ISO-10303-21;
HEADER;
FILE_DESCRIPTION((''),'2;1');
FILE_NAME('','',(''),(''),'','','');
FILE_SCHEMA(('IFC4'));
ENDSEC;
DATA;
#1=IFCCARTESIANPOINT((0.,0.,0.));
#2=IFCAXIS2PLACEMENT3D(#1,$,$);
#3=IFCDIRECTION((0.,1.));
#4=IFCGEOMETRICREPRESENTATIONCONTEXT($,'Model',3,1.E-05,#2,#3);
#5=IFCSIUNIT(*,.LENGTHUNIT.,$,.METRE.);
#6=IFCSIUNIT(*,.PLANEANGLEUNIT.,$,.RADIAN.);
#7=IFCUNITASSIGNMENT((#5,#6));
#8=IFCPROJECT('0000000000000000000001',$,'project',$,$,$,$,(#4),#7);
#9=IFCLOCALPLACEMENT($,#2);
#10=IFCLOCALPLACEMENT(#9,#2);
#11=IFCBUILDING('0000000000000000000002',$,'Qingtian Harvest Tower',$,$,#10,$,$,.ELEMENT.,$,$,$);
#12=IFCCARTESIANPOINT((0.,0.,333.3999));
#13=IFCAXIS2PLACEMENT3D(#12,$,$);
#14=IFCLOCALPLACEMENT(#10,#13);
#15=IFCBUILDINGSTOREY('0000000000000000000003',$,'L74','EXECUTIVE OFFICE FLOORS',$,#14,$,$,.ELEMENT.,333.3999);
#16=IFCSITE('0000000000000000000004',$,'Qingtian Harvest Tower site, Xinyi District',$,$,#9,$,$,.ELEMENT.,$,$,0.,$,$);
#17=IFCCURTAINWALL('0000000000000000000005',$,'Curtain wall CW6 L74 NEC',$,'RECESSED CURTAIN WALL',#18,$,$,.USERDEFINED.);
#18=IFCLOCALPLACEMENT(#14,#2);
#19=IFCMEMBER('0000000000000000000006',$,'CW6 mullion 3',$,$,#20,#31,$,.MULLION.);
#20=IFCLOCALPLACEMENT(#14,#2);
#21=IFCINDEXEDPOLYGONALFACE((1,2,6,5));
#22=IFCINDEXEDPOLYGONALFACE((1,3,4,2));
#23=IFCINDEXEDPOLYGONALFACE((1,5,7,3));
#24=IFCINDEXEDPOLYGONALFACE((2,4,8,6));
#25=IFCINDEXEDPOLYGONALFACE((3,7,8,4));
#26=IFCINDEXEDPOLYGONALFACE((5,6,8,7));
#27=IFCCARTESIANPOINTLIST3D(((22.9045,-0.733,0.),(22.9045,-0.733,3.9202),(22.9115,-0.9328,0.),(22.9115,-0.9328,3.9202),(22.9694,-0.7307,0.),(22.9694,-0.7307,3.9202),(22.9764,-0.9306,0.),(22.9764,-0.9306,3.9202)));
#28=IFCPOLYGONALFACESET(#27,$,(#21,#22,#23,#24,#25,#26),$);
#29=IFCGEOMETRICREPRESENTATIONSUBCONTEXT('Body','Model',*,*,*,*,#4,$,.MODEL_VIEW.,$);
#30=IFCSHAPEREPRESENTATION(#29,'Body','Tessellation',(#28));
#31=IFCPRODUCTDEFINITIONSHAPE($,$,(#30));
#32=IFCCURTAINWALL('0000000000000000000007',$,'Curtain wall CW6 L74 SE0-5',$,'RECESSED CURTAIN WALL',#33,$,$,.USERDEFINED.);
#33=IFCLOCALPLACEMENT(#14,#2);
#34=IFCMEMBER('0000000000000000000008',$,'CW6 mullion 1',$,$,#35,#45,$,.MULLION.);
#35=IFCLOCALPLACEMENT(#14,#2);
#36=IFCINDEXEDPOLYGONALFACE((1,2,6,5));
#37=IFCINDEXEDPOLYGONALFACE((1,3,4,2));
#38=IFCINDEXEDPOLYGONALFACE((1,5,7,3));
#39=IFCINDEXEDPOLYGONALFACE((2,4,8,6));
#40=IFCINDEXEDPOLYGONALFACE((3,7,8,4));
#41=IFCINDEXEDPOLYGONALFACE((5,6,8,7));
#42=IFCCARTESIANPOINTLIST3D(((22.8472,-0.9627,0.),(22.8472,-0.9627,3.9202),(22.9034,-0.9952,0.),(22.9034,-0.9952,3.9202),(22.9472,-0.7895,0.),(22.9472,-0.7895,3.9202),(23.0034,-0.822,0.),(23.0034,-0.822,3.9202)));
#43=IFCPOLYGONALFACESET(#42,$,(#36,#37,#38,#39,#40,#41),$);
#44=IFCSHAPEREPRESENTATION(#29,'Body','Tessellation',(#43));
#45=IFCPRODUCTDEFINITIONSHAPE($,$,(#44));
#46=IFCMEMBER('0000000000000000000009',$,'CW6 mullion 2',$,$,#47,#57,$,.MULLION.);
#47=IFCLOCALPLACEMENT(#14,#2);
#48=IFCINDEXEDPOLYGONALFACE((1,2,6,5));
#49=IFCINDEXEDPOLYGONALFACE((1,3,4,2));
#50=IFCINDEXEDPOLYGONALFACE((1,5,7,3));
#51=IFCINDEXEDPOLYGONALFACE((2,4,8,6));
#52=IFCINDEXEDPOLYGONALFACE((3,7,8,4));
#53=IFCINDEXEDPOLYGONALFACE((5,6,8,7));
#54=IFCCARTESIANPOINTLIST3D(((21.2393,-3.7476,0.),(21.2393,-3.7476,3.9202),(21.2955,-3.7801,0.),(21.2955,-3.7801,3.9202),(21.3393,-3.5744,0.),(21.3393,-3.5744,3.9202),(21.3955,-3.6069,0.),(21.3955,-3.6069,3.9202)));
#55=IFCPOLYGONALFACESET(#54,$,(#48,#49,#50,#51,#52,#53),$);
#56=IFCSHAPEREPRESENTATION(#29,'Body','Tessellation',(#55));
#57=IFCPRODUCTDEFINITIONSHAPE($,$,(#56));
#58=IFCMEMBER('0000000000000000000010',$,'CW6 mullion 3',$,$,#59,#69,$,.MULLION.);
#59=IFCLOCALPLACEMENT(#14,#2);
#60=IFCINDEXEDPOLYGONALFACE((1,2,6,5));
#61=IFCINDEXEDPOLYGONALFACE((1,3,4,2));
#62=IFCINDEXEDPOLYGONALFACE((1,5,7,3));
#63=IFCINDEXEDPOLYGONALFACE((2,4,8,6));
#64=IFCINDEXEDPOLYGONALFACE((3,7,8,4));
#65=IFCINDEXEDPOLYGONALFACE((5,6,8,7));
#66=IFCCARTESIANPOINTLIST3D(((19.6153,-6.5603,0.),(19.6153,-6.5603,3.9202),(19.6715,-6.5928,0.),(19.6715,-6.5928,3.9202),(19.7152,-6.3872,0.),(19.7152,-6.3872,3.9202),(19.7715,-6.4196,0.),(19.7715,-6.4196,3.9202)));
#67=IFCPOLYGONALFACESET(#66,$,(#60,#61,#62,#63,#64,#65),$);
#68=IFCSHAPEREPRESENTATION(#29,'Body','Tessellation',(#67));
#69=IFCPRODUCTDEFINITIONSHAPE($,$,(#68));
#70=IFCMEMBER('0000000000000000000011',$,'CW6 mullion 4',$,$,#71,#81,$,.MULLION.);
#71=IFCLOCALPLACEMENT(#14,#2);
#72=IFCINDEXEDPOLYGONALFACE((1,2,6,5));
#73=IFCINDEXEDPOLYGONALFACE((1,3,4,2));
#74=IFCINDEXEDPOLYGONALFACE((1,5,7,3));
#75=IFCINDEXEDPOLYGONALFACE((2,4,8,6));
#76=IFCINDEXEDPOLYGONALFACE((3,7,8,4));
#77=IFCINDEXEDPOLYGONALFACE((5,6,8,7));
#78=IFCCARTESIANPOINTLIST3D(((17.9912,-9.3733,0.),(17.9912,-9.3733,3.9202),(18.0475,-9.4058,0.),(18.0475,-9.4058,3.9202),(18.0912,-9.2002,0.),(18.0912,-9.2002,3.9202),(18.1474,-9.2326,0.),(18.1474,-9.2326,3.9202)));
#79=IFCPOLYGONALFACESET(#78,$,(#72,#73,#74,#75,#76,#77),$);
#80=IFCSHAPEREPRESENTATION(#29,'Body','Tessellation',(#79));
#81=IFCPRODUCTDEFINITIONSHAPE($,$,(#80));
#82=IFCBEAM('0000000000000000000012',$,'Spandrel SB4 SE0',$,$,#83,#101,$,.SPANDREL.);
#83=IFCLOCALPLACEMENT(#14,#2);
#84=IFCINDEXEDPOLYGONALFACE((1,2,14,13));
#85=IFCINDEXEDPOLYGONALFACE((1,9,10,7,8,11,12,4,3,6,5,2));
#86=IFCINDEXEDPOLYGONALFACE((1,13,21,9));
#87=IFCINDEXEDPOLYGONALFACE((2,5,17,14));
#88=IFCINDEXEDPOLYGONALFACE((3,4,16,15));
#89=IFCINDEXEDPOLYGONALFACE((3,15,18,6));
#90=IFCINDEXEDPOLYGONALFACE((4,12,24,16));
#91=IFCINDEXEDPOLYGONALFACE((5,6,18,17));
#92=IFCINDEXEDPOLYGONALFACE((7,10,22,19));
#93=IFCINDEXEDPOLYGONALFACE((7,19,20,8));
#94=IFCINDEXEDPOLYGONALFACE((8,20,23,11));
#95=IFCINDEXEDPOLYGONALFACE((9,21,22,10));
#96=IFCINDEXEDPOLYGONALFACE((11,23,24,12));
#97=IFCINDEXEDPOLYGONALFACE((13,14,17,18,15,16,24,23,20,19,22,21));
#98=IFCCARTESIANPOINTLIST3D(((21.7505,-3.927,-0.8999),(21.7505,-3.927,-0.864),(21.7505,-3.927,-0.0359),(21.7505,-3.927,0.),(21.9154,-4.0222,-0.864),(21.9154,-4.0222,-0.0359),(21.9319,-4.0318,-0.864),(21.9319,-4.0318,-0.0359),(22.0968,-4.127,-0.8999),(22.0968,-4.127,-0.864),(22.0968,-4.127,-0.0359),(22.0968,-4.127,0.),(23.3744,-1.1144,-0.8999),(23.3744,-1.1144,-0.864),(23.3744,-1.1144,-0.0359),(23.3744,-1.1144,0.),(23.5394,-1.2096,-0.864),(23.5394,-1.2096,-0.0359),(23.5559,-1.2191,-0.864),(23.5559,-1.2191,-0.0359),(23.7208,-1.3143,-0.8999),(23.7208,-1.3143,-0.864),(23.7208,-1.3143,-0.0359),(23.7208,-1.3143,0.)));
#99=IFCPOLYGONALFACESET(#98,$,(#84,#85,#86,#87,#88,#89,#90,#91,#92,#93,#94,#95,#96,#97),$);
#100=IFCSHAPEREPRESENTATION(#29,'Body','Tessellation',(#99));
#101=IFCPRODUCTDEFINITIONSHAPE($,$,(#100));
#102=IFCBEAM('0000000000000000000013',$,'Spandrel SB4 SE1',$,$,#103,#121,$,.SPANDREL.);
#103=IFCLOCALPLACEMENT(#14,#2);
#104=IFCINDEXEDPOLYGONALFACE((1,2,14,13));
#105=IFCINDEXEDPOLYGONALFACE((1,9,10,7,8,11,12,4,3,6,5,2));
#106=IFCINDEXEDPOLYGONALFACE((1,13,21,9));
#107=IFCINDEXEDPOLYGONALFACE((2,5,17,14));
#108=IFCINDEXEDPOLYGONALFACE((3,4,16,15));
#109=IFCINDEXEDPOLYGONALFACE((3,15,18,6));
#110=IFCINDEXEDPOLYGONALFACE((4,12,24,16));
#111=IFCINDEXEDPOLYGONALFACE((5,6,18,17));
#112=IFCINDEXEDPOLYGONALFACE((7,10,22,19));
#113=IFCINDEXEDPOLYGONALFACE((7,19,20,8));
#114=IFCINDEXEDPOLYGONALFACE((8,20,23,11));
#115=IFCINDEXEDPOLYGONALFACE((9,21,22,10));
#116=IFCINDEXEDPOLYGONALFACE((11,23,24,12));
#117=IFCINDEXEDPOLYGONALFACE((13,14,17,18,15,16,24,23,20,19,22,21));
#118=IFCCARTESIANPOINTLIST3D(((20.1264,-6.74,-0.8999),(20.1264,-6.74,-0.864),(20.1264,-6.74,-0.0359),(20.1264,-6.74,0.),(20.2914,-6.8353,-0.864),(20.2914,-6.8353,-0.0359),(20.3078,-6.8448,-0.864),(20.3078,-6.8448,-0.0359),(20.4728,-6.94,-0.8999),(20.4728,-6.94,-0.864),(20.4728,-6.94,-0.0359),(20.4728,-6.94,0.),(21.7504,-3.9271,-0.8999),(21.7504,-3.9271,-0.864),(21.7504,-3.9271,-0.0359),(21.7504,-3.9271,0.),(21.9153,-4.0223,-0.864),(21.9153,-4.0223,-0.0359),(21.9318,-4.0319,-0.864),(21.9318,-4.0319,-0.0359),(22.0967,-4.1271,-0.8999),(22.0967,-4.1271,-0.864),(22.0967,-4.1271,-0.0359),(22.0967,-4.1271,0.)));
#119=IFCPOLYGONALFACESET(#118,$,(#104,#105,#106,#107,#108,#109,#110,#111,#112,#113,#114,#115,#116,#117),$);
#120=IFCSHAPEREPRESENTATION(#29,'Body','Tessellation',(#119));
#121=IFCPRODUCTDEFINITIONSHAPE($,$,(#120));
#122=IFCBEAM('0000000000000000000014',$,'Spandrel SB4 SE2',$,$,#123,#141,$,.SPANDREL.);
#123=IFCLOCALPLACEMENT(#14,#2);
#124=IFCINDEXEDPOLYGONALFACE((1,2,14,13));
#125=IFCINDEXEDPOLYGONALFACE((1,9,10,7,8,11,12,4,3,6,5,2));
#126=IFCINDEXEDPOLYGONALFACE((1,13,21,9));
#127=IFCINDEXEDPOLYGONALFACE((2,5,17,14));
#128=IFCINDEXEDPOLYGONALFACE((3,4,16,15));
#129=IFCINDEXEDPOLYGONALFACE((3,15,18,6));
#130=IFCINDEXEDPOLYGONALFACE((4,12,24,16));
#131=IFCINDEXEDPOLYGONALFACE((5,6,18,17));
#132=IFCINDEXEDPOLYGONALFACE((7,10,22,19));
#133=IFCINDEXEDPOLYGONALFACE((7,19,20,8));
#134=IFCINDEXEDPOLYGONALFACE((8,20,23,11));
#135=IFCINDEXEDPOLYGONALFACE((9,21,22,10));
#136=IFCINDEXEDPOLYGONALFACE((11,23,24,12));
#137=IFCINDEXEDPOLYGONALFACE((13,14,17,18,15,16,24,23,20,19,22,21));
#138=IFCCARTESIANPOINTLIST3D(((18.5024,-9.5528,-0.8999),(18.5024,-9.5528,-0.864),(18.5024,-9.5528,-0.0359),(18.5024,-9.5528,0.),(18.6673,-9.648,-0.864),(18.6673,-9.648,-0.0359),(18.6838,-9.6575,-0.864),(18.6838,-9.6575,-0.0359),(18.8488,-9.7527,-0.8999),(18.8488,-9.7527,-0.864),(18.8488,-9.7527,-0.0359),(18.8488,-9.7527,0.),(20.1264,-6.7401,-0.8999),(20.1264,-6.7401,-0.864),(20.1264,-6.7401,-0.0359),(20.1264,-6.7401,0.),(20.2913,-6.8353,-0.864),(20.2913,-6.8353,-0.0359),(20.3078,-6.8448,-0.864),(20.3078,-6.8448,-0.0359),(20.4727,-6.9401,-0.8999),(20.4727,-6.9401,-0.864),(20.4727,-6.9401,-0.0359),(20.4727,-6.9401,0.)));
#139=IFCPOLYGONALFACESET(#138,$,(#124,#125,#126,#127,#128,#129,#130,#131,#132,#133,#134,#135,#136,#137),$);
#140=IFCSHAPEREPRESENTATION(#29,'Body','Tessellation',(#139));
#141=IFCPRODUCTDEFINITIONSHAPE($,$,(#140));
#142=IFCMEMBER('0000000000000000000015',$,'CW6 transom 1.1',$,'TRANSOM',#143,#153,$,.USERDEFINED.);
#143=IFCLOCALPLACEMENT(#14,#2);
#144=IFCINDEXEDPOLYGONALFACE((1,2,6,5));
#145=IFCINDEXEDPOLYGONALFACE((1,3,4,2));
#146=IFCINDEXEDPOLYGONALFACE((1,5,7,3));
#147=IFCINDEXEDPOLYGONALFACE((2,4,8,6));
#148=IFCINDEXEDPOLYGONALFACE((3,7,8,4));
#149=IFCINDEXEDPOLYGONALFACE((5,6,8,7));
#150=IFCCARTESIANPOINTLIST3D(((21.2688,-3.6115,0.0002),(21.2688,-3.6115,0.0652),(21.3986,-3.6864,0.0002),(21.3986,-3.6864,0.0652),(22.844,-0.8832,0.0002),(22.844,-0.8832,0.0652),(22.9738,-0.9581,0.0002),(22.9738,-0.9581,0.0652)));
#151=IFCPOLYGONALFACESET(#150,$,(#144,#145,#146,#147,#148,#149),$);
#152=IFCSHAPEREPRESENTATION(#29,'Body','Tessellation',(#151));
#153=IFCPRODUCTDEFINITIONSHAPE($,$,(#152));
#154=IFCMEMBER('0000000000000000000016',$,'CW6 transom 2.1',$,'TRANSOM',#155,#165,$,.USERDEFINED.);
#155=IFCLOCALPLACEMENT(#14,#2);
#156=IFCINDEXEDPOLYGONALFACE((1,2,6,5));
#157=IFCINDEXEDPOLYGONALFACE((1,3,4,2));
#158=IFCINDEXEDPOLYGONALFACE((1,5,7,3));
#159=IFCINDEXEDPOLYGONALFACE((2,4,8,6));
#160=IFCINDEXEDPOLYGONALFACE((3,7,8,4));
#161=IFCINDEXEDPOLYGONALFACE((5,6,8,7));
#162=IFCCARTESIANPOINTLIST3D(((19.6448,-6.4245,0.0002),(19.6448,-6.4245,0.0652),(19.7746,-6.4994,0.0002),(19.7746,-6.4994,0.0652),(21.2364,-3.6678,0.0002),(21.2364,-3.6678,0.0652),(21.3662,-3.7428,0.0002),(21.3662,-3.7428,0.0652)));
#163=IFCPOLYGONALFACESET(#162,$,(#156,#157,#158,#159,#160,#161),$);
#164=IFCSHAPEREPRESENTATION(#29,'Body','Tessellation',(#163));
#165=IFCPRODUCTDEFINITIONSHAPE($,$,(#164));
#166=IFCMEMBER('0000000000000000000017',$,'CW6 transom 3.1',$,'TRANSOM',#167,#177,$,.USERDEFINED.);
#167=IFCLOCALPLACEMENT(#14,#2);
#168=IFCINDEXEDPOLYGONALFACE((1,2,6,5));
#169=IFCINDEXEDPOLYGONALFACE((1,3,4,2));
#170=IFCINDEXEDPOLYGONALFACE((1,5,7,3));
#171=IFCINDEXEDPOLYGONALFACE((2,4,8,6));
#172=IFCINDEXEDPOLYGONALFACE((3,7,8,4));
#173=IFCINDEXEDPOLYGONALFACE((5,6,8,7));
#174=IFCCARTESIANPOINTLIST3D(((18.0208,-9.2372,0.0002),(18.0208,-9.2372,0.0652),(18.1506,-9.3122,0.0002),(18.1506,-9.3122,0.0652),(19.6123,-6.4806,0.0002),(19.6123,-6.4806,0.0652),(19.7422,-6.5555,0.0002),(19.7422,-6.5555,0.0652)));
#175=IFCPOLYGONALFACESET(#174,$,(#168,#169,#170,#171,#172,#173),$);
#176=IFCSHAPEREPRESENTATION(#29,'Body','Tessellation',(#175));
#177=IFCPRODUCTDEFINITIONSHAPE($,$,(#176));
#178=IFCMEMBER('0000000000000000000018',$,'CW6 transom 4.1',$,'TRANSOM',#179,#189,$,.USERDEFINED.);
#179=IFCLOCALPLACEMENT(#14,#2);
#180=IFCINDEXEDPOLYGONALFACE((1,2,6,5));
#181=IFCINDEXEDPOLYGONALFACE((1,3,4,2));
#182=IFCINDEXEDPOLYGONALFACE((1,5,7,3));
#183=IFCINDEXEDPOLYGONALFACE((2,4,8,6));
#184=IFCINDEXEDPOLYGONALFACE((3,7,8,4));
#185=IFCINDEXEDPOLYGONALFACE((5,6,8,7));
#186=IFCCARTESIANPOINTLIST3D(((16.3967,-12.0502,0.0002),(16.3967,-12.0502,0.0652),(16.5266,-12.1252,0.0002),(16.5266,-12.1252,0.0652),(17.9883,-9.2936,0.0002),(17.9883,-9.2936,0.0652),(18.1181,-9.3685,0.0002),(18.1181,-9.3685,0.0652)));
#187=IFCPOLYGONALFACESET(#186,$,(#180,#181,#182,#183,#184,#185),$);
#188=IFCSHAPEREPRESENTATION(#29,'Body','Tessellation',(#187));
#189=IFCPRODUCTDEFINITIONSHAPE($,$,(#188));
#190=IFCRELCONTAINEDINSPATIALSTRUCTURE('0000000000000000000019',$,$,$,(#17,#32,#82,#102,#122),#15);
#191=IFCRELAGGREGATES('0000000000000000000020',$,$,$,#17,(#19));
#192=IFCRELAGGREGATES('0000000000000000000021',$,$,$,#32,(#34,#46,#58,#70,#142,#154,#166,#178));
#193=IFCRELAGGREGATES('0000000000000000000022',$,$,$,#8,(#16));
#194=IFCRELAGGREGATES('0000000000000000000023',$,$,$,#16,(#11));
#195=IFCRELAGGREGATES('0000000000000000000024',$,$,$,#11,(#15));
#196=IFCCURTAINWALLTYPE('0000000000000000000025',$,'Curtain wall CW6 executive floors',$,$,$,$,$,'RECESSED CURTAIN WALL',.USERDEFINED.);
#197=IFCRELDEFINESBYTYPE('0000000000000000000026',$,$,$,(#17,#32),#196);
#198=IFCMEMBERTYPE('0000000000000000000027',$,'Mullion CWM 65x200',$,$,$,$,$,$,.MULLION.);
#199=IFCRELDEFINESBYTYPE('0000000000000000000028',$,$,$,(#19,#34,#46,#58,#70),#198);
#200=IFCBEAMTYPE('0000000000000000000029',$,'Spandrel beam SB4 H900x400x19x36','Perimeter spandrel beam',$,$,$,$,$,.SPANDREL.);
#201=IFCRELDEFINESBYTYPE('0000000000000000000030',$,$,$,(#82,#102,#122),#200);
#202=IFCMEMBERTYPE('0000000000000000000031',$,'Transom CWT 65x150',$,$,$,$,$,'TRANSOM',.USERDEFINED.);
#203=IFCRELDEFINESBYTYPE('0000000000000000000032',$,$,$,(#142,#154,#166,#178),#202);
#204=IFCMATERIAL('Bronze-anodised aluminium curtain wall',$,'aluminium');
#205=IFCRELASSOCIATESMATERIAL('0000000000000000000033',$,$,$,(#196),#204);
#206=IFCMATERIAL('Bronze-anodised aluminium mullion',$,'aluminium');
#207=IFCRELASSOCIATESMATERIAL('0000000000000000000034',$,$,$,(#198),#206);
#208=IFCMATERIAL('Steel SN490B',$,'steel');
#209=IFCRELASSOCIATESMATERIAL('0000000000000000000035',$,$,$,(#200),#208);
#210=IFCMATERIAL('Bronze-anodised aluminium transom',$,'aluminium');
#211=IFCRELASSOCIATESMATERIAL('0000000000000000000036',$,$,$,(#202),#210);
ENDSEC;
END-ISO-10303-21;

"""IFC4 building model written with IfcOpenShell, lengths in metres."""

from ifc_helpers import new_model, si_unit, direction, frame, origin, origin_2d, place, context, subcontext, project, spatial, rectangle, i_section, extrude, material, material_profile, profile_set, type_object, element, aggregate, save


model = new_model("IFC4")

# Units and contexts
model_context = context("Model", 3, precision=1e-05, world=origin(), true_north=direction((0.0, 1.0)))
body_context = subcontext(model_context, "Body", "Model", "MODEL_VIEW")
ifc_project = project(units=[si_unit("LENGTHUNIT", "METRE"), si_unit("PLANEANGLEUNIT", "RADIAN")], contexts=[model_context])

# Site, building, storey
site_placement = place(None, origin())
site = spatial("IfcSite", under=ifc_project, at=site_placement, Name="Qingtian Harvest Tower site, Xinyi District", CompositionType="ELEMENT", RefElevation=0.0)
building_placement = place(site_placement, origin())
building = spatial("IfcBuilding", under=site, at=building_placement, Name="Qingtian Harvest Tower", CompositionType="ELEMENT")
storey_placement = place(building_placement, frame((0.0, 0.0, 333.3999)))
storey = spatial("IfcBuildingStorey", under=building, at=storey_placement, Name="L74", Description="EXECUTIVE OFFICE FLOORS", CompositionType="ELEMENT", Elevation=333.3999)

# Curtain wall, member
ifc_material_1 = material(Name="Bronze-anodised aluminium curtain wall", Category="aluminium")
curtain_wall_type = type_object("IfcCurtainWallType", Name="Curtain wall CW6 executive floors", ElementType="RECESSED CURTAIN WALL", PredefinedType="USERDEFINED", material=ifc_material_1)
curtain_wall_1_placement = place(storey_placement, origin())
curtain_wall_1 = element("IfcCurtainWall", 1, at=curtain_wall_1_placement, inside=storey, type_object=curtain_wall_type, Name="Curtain wall CW6 L74 NEC", ObjectType="RECESSED CURTAIN WALL", PredefinedType="USERDEFINED")
ifc_material_2 = material(Name="Bronze-anodised aluminium mullion", Category="aluminium")
ifc_material_profile_1 = material_profile(ifc_material_2, rectangle(XDim=0.0649, YDim=0.2, at=origin_2d()), Name="AL 65x200")
ifc_profile_set_1 = profile_set([ifc_material_profile_1], Name="Bronze-anodised aluminium mullion")
member_type_1 = type_object("IfcMemberType", Name="Mullion CWM 65x200", PredefinedType="MULLION", material=ifc_profile_set_1)
member_1_placement = place(storey_placement, frame((22.9404, -0.8318, 0.0), z_axis=(0.0, 0.0, 1.0), x_axis=(0.999391, 0.034899, 0.0)))
member_1 = element("IfcMember", 2, at=member_1_placement, type_object=member_type_1, Name="CW6 mullion 3", PredefinedType="MULLION", context=body_context, shape_type="SweptSolid", body=[
    extrude(rectangle(XDim=0.0649, YDim=0.2, at=origin_2d()), origin(), (0.0, 0.0, 1.0), 3.9202),
])

# Curtain wall, members
curtain_wall_2_placement = place(storey_placement, origin())
curtain_wall_2 = element("IfcCurtainWall", 3, at=curtain_wall_2_placement, inside=storey, type_object=curtain_wall_type, Name="Curtain wall CW6 L74 SE0-5", ObjectType="RECESSED CURTAIN WALL", PredefinedType="USERDEFINED")
member_2_placement = place(storey_placement, frame((22.9253, -0.8923, 0.0), z_axis=(0.0, 0.0, 1.0), x_axis=(0.866025, -0.5, 0.0)))
member_2 = element("IfcMember", 4, at=member_2_placement, type_object=member_type_1, Name="CW6 mullion 1", PredefinedType="MULLION", context=body_context, shape_type="SweptSolid", body=[
    extrude(rectangle(XDim=0.0649, YDim=0.2, at=origin_2d()), origin(), (0.0, 0.0, 1.0), 3.9202),
])
member_3_placement = place(storey_placement, frame((21.3174, -3.6772, 0.0), z_axis=(0.0, 0.0, 1.0), x_axis=(0.866025, -0.5, 0.0)))
member_3 = element("IfcMember", 5, at=member_3_placement, type_object=member_type_1, Name="CW6 mullion 2", PredefinedType="MULLION", context=body_context, shape_type="SweptSolid", body=[
    extrude(rectangle(XDim=0.0649, YDim=0.2, at=origin_2d()), origin(), (0.0, 0.0, 1.0), 3.9202),
])
member_4_placement = place(storey_placement, frame((19.6934, -6.49, 0.0), z_axis=(0.0, 0.0, 1.0), x_axis=(0.866025, -0.5, 0.0)))
member_4 = element("IfcMember", 6, at=member_4_placement, type_object=member_type_1, Name="CW6 mullion 3", PredefinedType="MULLION", context=body_context, shape_type="SweptSolid", body=[
    extrude(rectangle(XDim=0.0649, YDim=0.2, at=origin_2d()), origin(), (0.0, 0.0, 1.0), 3.9202),
])
member_5_placement = place(storey_placement, frame((18.0693, -9.303, 0.0), z_axis=(0.0, 0.0, 1.0), x_axis=(0.866025, -0.5, 0.0)))
member_5 = element("IfcMember", 7, at=member_5_placement, type_object=member_type_1, Name="CW6 mullion 4", PredefinedType="MULLION", context=body_context, shape_type="SweptSolid", body=[
    extrude(rectangle(XDim=0.0649, YDim=0.2, at=origin_2d()), origin(), (0.0, 0.0, 1.0), 3.9202),
])

# Beams
ifc_material_3 = material(Name="Steel SN490B", Category="steel")
ifc_material_profile_2 = material_profile(ifc_material_3, i_section(OverallWidth=0.3999, OverallDepth=0.8999, WebThickness=0.019, FlangeThickness=0.0359, at=origin_2d()), Name="H900x400x19x36")
ifc_profile_set_2 = profile_set([ifc_material_profile_2], Name="Steel SN490B")
beam_type_1 = type_object("IfcBeamType", Name="Spandrel beam SB4 H900x400x19x36", Description="Perimeter spandrel beam", PredefinedType="SPANDREL", material=ifc_profile_set_2)
beam_1_placement = place(storey_placement, frame((23.5476, -1.2144, -0.45), z_axis=(-0.50002, -0.866014, 0.0), x_axis=(0.866014, -0.50002, 0.0)))
element("IfcBeam", 8, at=beam_1_placement, inside=storey, type_object=beam_type_1, Name="Spandrel SB4 SE0", PredefinedType="SPANDREL", context=body_context, shape_type="SweptSolid", body=[
    extrude(i_section(OverallWidth=0.3999, OverallDepth=0.8999, WebThickness=0.019, FlangeThickness=0.0359, at=origin_2d()), origin(), (0.0, 0.0, 1.0), 3.2478),
])
beam_2_placement = place(storey_placement, frame((21.9236, -4.0271, -0.45), z_axis=(-0.499987, -0.866033, 0.0), x_axis=(0.866033, -0.499987, 0.0)))
element("IfcBeam", 9, at=beam_2_placement, inside=storey, type_object=beam_type_1, Name="Spandrel SB4 SE1", PredefinedType="SPANDREL", context=body_context, shape_type="SweptSolid", body=[
    extrude(i_section(OverallWidth=0.3999, OverallDepth=0.8999, WebThickness=0.019, FlangeThickness=0.0359, at=origin_2d()), origin(), (0.0, 0.0, 1.0), 3.248),
])
beam_3_placement = place(storey_placement, frame((20.2996, -6.8401, -0.45), z_axis=(-0.50002, -0.866014, 0.0), x_axis=(0.866014, -0.50002, 0.0)))
element("IfcBeam", 10, at=beam_3_placement, inside=storey, type_object=beam_type_1, Name="Spandrel SB4 SE2", PredefinedType="SPANDREL", context=body_context, shape_type="SweptSolid", body=[
    extrude(i_section(OverallWidth=0.3999, OverallDepth=0.8999, WebThickness=0.019, FlangeThickness=0.0359, at=origin_2d()), origin(), (0.0, 0.0, 1.0), 3.2478),
])

# Members
ifc_material_4 = material(Name="Bronze-anodised aluminium transom", Category="aluminium")
ifc_material_profile_3 = material_profile(ifc_material_4, rectangle(XDim=0.1499, YDim=0.0649, at=origin_2d()), Name="AL 65x150")
ifc_profile_set_3 = profile_set([ifc_material_profile_3], Name="Bronze-anodised aluminium transom")
member_type_2 = type_object("IfcMemberType", Name="Transom CWT 65x150", ElementType="TRANSOM", PredefinedType="USERDEFINED", material=ifc_profile_set_3)
member_6_placement = place(storey_placement, frame((22.9089, -0.9207, 0.0327), z_axis=(-0.500006, -0.866022, 0.0), x_axis=(0.866022, -0.500006, 0.0)))
member_6 = element("IfcMember", 11, at=member_6_placement, type_object=member_type_2, Name="CW6 transom 1.1", ObjectType="TRANSOM", PredefinedType="USERDEFINED", context=body_context, shape_type="SweptSolid", body=[
    extrude(rectangle(XDim=0.1499, YDim=0.0649, at=origin_2d()), origin(), (0.0, 0.0, 1.0), 3.1504),
])
member_7_placement = place(storey_placement, frame((21.3013, -3.7053, 0.0327), z_axis=(-0.500008, -0.866021, 0.0), x_axis=(0.866021, -0.500008, 0.0)))
member_7 = element("IfcMember", 12, at=member_7_placement, type_object=member_type_2, Name="CW6 transom 2.1", ObjectType="TRANSOM", PredefinedType="USERDEFINED", context=body_context, shape_type="SweptSolid", body=[
    extrude(rectangle(XDim=0.1499, YDim=0.0649, at=origin_2d()), origin(), (0.0, 0.0, 1.0), 3.1831),
])
member_8_placement = place(storey_placement, frame((19.6772, -6.5181, 0.0327), z_axis=(-0.500008, -0.866021, 0.0), x_axis=(0.866021, -0.500008, 0.0)))
member_8 = element("IfcMember", 13, at=member_8_placement, type_object=member_type_2, Name="CW6 transom 3.1", ObjectType="TRANSOM", PredefinedType="USERDEFINED", context=body_context, shape_type="SweptSolid", body=[
    extrude(rectangle(XDim=0.1499, YDim=0.0649, at=origin_2d()), origin(), (0.0, 0.0, 1.0), 3.1831),
])
member_9_placement = place(storey_placement, frame((18.0532, -9.3311, 0.0327), z_axis=(-0.500008, -0.866021, 0.0), x_axis=(0.866021, -0.500008, 0.0)))
member_9 = element("IfcMember", 14, at=member_9_placement, type_object=member_type_2, Name="CW6 transom 4.1", ObjectType="TRANSOM", PredefinedType="USERDEFINED", context=body_context, shape_type="SweptSolid", body=[
    extrude(rectangle(XDim=0.1499, YDim=0.0649, at=origin_2d()), origin(), (0.0, 0.0, 1.0), 3.1831),
])

aggregate(curtain_wall_1, [member_1])
aggregate(curtain_wall_2, [member_2, member_3, member_4, member_5, member_6, member_7, member_8, member_9])

save(model, "model.ifc")
